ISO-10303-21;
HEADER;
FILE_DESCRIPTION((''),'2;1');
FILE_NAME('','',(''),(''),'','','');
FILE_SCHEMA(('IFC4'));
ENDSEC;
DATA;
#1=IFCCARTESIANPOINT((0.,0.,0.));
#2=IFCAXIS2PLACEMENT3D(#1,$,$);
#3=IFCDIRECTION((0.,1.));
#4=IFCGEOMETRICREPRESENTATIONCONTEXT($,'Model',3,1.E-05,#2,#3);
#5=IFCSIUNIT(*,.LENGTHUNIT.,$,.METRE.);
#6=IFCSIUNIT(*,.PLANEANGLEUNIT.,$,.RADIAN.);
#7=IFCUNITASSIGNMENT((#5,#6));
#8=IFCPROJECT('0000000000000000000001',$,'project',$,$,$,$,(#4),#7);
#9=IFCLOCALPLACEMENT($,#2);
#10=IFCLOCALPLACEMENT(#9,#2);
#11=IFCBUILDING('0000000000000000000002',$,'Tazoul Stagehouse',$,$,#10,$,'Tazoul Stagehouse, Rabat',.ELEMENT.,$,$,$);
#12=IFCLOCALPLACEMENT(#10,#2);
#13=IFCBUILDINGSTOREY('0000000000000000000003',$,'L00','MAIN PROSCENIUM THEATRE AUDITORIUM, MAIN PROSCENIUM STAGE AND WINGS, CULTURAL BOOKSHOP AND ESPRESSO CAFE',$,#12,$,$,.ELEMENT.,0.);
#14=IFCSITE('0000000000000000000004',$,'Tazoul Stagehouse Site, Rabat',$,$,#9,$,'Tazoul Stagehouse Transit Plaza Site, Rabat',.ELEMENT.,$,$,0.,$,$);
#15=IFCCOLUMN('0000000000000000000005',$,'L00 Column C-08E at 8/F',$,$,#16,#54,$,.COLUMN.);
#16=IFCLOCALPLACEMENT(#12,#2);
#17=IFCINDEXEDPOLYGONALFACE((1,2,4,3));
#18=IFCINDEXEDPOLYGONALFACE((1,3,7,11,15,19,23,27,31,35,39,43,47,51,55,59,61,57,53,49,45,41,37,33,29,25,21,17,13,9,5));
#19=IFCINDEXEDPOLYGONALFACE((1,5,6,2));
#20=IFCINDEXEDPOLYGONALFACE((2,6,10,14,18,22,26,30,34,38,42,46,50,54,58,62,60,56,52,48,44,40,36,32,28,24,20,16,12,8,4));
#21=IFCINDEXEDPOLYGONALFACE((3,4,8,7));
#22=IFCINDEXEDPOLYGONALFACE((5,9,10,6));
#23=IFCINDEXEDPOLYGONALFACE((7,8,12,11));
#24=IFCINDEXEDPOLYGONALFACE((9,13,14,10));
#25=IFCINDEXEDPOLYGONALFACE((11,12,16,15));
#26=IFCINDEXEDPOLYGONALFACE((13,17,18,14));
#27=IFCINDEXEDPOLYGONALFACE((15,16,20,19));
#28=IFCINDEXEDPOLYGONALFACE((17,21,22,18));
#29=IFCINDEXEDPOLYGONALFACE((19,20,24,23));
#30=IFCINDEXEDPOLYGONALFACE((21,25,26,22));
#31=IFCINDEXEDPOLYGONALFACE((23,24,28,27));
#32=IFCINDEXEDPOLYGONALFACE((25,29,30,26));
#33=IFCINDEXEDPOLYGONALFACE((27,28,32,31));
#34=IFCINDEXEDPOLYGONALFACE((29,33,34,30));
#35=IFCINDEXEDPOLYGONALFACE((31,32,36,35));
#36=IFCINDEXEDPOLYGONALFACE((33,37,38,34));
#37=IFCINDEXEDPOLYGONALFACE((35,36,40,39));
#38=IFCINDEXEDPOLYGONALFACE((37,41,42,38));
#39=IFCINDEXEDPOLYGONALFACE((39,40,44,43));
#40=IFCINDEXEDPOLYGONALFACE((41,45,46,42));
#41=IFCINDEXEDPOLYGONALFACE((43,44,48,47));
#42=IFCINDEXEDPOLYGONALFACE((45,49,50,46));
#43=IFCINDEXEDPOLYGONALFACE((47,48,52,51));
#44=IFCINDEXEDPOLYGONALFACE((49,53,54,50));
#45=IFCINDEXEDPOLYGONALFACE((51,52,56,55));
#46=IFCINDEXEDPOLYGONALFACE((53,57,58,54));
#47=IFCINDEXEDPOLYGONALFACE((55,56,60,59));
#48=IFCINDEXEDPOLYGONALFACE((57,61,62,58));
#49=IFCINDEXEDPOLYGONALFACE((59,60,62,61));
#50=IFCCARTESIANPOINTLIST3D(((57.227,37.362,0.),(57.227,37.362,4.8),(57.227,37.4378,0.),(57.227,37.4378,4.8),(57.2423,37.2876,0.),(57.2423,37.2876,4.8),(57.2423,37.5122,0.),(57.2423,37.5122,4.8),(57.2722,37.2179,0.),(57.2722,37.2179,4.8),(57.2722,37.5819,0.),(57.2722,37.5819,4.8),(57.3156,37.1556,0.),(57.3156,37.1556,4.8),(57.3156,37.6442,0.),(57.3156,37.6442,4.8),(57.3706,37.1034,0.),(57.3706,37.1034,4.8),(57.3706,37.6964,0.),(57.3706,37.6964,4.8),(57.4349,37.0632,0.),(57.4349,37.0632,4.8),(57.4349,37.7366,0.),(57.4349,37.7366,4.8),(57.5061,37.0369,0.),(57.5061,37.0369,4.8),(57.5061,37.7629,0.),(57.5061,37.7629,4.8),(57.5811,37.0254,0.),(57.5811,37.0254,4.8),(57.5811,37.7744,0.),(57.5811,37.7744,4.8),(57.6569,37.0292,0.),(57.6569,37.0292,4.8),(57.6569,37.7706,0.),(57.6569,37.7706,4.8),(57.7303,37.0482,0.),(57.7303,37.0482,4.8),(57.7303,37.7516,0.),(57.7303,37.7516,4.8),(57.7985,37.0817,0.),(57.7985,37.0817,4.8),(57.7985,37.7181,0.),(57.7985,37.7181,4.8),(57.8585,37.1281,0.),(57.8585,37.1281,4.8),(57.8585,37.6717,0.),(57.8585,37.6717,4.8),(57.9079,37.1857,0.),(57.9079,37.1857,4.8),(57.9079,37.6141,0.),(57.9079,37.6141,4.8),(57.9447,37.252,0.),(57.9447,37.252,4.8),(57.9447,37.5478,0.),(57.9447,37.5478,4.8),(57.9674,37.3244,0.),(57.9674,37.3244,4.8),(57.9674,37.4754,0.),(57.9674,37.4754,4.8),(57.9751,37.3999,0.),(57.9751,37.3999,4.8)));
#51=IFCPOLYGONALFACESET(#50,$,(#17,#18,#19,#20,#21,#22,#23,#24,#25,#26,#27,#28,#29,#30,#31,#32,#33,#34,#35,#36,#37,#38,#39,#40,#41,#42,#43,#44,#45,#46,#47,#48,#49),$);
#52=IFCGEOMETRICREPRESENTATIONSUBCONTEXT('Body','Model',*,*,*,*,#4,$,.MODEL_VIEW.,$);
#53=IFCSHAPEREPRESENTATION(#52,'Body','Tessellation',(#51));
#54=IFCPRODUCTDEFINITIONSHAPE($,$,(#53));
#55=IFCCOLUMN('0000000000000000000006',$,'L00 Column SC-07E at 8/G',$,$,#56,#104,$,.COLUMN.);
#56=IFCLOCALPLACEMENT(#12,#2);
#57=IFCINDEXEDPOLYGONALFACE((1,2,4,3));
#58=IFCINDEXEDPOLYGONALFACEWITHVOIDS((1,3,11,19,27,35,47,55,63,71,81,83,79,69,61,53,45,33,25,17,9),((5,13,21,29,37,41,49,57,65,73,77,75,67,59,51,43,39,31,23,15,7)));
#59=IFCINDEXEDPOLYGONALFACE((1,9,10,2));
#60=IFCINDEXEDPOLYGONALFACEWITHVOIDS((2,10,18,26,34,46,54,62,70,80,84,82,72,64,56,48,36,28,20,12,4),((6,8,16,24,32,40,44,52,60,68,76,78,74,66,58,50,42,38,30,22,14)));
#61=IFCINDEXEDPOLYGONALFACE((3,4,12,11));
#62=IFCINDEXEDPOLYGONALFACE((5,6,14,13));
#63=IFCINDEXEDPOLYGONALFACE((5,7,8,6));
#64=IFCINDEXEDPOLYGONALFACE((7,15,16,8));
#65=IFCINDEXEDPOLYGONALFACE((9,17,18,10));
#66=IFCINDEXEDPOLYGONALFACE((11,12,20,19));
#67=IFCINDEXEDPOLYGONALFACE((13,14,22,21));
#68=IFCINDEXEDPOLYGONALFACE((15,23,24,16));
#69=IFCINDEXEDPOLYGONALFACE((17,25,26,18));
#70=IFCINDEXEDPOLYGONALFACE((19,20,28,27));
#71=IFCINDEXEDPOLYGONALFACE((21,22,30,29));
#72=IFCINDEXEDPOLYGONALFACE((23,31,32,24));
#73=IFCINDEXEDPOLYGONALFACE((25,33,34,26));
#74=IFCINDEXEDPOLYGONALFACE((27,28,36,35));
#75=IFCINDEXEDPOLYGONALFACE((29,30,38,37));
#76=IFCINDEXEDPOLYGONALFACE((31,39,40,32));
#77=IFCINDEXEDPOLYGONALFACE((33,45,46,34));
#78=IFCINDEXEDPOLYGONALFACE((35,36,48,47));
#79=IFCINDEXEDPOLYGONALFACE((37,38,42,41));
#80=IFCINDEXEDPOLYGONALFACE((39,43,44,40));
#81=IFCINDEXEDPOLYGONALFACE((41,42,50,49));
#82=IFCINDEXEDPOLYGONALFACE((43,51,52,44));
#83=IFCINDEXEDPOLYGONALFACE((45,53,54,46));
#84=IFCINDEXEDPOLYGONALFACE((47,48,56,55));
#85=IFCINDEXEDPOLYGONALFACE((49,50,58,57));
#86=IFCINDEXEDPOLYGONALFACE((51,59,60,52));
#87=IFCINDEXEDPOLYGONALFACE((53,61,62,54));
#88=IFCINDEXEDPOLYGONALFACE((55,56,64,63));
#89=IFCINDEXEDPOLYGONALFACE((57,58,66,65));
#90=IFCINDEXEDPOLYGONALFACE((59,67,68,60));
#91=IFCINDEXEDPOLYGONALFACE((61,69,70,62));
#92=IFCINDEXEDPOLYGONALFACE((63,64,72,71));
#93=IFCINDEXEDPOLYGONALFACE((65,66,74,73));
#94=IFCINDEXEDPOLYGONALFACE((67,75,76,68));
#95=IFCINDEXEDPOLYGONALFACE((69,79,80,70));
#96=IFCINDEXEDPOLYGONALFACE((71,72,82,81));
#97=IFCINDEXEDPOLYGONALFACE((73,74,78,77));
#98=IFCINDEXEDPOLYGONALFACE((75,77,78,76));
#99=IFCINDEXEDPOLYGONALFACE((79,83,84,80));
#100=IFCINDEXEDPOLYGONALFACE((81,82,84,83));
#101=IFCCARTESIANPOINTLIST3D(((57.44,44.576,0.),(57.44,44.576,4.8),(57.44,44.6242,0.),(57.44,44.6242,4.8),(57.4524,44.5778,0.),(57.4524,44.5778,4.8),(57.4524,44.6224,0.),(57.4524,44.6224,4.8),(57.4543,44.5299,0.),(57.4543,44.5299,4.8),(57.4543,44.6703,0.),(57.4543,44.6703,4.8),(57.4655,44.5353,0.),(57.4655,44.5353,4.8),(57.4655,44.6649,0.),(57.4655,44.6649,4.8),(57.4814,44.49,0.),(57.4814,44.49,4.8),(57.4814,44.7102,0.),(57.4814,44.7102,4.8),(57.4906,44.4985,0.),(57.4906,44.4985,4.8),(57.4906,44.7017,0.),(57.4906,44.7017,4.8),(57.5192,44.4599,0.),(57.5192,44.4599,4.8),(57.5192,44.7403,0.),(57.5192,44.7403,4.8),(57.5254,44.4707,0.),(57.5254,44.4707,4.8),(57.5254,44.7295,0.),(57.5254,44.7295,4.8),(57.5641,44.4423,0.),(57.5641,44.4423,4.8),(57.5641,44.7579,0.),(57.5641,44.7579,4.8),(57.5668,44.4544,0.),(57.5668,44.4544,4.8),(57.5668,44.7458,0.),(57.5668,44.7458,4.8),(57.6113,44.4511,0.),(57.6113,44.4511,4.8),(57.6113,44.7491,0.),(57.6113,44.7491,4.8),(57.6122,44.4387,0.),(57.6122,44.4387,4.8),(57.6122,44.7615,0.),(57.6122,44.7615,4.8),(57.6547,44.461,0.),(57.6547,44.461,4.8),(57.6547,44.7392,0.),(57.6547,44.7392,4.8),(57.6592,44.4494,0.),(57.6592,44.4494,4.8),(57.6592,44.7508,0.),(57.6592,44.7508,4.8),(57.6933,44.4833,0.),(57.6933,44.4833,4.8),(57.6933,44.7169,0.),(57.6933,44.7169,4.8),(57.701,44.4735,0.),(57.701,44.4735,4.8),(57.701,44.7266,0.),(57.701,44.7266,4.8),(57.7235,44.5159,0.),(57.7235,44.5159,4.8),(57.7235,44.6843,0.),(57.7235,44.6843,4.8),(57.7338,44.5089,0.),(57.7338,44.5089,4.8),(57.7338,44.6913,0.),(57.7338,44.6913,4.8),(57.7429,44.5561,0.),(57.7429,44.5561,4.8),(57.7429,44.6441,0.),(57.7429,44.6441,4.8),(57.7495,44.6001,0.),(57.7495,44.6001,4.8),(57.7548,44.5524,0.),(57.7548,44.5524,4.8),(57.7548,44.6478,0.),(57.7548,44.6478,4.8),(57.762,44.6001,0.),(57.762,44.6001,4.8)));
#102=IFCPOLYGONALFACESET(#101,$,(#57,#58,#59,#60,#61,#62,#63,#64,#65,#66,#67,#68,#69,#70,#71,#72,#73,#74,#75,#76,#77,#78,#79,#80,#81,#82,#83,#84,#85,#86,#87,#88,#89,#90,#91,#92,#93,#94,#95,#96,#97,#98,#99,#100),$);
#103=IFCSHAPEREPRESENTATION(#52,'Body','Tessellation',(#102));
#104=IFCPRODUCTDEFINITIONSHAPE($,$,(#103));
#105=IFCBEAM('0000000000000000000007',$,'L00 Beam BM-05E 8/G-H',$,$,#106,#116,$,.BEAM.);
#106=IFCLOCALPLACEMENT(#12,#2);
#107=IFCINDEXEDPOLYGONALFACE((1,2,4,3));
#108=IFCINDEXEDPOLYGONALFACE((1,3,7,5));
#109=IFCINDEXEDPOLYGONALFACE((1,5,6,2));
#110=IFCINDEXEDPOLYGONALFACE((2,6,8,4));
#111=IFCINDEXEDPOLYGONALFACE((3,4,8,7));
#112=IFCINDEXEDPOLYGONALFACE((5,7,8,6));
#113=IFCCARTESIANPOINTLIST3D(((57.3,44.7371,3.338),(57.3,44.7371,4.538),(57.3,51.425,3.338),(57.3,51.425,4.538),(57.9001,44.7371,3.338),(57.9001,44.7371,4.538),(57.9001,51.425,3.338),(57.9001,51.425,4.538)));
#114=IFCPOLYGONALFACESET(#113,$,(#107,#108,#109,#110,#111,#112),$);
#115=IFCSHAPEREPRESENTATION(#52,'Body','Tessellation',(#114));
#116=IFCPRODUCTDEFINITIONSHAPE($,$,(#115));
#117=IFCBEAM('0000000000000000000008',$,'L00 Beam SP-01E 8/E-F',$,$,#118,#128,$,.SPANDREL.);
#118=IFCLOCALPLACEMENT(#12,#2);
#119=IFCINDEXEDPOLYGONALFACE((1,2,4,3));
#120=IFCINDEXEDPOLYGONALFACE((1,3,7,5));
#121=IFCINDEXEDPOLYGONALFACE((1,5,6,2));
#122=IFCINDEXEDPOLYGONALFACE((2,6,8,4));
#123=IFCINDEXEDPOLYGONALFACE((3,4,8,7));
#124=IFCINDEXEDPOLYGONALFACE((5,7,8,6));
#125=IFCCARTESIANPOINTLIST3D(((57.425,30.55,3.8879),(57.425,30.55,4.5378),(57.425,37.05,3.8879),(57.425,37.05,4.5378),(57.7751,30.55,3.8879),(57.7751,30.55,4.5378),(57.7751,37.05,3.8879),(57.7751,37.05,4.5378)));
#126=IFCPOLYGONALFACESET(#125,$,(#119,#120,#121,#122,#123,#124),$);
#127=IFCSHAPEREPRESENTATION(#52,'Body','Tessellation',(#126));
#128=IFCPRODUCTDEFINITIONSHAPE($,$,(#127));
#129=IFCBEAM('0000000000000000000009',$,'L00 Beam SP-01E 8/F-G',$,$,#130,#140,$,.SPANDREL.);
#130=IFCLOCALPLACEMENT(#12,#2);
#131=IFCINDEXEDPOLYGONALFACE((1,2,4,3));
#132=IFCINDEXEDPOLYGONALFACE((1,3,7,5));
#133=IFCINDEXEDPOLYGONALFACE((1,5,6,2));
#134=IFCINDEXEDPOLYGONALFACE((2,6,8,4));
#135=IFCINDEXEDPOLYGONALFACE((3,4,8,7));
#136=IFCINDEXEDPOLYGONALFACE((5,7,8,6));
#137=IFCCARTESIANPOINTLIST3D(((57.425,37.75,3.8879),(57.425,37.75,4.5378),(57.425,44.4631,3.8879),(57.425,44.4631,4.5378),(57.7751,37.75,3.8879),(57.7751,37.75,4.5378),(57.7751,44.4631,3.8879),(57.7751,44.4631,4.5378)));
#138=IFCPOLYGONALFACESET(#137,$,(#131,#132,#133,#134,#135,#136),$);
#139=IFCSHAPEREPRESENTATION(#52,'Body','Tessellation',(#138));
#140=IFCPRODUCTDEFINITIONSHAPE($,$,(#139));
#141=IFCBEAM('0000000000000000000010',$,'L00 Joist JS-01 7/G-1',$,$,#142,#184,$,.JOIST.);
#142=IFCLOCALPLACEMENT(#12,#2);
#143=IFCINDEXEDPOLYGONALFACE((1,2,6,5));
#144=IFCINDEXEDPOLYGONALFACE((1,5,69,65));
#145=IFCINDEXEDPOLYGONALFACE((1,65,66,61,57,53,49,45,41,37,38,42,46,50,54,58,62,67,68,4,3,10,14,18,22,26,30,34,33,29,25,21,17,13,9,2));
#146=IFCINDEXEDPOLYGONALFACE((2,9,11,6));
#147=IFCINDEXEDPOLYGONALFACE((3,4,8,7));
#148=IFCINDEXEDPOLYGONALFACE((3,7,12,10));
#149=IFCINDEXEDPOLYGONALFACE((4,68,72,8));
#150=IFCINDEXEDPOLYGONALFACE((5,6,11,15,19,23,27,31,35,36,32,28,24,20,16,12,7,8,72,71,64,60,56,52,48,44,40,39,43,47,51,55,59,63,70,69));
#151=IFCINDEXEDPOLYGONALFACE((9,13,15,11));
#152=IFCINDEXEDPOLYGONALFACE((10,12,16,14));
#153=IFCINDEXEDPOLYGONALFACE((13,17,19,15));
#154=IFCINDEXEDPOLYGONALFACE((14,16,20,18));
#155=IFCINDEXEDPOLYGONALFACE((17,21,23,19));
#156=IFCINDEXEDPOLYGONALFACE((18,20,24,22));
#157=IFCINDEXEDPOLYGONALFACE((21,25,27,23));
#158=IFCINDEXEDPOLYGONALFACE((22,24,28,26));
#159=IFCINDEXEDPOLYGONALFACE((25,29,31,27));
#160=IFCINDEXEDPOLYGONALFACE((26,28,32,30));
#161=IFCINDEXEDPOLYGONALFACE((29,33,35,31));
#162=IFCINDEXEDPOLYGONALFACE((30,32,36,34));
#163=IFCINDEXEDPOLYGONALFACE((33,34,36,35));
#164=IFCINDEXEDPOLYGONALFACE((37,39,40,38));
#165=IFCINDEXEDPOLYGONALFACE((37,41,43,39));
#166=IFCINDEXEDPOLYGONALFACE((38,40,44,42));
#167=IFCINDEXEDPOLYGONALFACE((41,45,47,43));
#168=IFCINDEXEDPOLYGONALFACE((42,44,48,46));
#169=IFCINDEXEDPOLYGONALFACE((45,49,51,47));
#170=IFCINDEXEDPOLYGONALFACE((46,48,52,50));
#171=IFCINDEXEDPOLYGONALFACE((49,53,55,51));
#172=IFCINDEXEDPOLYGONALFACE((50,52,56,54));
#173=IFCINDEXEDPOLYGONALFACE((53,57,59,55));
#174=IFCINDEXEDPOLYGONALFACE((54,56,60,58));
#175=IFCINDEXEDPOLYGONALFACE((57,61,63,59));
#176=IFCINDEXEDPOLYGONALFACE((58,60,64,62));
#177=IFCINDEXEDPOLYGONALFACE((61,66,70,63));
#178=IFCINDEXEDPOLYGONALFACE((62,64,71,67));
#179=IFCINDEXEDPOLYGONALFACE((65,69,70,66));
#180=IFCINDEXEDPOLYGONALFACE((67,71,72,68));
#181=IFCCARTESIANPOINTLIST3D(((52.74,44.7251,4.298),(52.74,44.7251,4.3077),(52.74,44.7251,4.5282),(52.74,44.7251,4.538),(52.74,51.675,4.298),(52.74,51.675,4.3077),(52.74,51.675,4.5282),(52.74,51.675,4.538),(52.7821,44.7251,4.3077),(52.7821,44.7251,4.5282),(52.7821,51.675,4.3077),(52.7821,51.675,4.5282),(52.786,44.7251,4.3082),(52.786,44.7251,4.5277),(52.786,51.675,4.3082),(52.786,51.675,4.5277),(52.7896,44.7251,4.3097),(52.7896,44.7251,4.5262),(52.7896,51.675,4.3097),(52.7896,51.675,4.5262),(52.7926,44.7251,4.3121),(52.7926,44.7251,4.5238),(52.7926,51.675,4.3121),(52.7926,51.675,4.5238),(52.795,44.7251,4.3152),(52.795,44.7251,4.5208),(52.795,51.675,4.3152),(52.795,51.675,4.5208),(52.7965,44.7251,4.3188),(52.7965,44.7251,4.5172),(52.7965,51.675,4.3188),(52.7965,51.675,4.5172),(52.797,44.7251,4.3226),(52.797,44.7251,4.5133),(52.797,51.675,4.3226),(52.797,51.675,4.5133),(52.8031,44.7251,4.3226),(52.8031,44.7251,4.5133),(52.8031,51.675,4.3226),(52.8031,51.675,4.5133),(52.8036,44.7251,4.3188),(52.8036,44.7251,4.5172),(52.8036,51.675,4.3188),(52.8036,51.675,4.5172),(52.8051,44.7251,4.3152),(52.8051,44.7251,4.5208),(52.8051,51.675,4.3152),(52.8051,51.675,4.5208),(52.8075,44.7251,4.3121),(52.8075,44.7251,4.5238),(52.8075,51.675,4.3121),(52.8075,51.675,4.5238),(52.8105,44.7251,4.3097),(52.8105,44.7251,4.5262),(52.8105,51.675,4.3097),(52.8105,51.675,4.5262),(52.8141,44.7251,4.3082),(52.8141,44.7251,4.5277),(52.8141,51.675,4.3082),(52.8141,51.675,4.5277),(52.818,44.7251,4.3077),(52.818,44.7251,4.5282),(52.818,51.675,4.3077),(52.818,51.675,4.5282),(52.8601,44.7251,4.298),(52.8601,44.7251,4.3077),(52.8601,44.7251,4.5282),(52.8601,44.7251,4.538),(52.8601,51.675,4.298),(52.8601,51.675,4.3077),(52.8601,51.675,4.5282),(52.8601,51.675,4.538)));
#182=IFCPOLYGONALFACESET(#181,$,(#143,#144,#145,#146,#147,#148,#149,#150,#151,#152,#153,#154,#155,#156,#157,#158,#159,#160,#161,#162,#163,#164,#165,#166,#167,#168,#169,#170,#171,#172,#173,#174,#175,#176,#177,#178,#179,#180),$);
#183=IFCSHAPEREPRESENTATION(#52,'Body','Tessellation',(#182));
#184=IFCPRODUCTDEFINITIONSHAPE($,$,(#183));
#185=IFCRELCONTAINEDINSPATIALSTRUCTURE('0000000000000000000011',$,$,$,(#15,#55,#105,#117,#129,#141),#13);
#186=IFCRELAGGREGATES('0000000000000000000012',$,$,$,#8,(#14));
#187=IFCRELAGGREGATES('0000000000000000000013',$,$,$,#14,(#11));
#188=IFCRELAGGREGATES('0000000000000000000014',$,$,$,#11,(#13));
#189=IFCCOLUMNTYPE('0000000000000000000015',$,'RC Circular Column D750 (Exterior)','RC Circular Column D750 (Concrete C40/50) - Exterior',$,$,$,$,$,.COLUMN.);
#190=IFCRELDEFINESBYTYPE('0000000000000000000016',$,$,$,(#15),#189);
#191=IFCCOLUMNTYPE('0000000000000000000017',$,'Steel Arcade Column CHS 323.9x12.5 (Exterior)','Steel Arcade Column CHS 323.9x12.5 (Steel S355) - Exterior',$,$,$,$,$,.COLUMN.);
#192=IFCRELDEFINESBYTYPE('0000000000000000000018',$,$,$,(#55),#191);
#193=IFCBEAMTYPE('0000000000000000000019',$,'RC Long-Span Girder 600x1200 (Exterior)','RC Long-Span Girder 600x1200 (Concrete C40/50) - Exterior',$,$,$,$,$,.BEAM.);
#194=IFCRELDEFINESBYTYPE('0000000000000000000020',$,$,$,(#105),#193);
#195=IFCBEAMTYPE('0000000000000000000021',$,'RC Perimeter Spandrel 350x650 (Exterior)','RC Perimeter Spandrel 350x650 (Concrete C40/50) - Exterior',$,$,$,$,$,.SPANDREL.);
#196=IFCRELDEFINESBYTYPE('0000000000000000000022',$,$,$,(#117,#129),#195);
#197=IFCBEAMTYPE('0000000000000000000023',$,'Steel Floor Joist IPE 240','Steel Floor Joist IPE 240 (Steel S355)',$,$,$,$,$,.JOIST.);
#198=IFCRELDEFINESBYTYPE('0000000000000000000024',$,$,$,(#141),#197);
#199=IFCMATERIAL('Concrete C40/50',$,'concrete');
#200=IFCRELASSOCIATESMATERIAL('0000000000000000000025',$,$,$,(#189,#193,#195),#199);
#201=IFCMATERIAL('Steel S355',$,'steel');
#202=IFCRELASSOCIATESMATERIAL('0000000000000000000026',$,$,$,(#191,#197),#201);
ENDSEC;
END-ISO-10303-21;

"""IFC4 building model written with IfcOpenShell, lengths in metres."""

from ifc_helpers import new_model, si_unit, direction, frame, origin, origin_2d, place, context, subcontext, project, spatial, rectangle, circle, hollow_circle, i_section, extrude, material, material_profile, profile_set, type_object, element, save


model = new_model("IFC4")

# Units and contexts
model_context = context("Model", 3, precision=1e-05, world=origin(), true_north=direction((0.0, 1.0)))
body_context = subcontext(model_context, "Body", "Model", "MODEL_VIEW")
ifc_project = project(units=[si_unit("LENGTHUNIT", "METRE"), si_unit("PLANEANGLEUNIT", "RADIAN")], contexts=[model_context])

# Site, building, storey
site_placement = place(None, origin())
site = spatial("IfcSite", under=ifc_project, at=site_placement, Name="Tazoul Stagehouse Site, Rabat", LongName="Tazoul Stagehouse Transit Plaza Site, Rabat", CompositionType="ELEMENT", RefElevation=0.0)
building_placement = place(site_placement, origin())
building = spatial("IfcBuilding", under=site, at=building_placement, Name="Tazoul Stagehouse", LongName="Tazoul Stagehouse, Rabat", CompositionType="ELEMENT")
storey_placement = place(building_placement, origin())
storey = spatial("IfcBuildingStorey", under=building, at=storey_placement, Name="L00", Description="MAIN PROSCENIUM THEATRE AUDITORIUM, MAIN PROSCENIUM STAGE AND WINGS, CULTURAL BOOKSHOP AND ESPRESSO CAFE", CompositionType="ELEMENT", Elevation=0.0)

# Columns
ifc_material_1 = material(Name="Concrete C40/50", Category="concrete")
ifc_material_profile_1 = material_profile(ifc_material_1, circle(Radius=0.375, at=origin_2d()), Name="RC D750")
ifc_profile_set_1 = profile_set([ifc_material_profile_1], Name="Concrete C40/50")
column_type_1 = type_object("IfcColumnType", Name="RC Circular Column D750 (Exterior)", Description="RC Circular Column D750 (Concrete C40/50) - Exterior", PredefinedType="COLUMN", material=ifc_profile_set_1)
column_1_placement = place(storey_placement, frame((57.6001, 37.3999, 0.0), z_axis=(0.0, 0.0, 1.0), x_axis=(1.0, 0.0, 0.0)))
element("IfcColumn", 1, at=column_1_placement, inside=storey, type_object=column_type_1, Name="L00 Column C-08E at 8/F", PredefinedType="COLUMN", context=body_context, shape_type="SweptSolid", body=[
    extrude(circle(Radius=0.375, at=origin_2d()), origin(), (0.0, 0.0, 1.0), 4.8),
])
ifc_material_2 = material(Name="Steel S355", Category="steel")
ifc_material_profile_2 = material_profile(ifc_material_2, hollow_circle(Radius=0.1619, WallThickness=0.0125, at=origin_2d()), Name="CHS 323.9x12.5")
ifc_profile_set_2 = profile_set([ifc_material_profile_2], Name="Steel S355")
column_type_2 = type_object("IfcColumnType", Name="Steel Arcade Column CHS 323.9x12.5 (Exterior)", Description="Steel Arcade Column CHS 323.9x12.5 (Steel S355) - Exterior", PredefinedType="COLUMN", material=ifc_profile_set_2)
column_2_placement = place(storey_placement, frame((57.6001, 44.6001, 0.0), z_axis=(0.0, 0.0, 1.0), x_axis=(1.0, 0.0, 0.0)))
element("IfcColumn", 2, at=column_2_placement, inside=storey, type_object=column_type_2, Name="L00 Column SC-07E at 8/G", PredefinedType="COLUMN", context=body_context, shape_type="SweptSolid", body=[
    extrude(hollow_circle(Radius=0.1619, WallThickness=0.0125, at=origin_2d()), origin(), (0.0, 0.0, 1.0), 4.8),
])

# Beams
ifc_material_profile_3 = material_profile(ifc_material_1, rectangle(XDim=0.6001, YDim=1.2, at=origin_2d()), Name="RC 600x1200")
ifc_profile_set_3 = profile_set([ifc_material_profile_3], Name="Concrete C40/50")
beam_type_1 = type_object("IfcBeamType", Name="RC Long-Span Girder 600x1200 (Exterior)", Description="RC Long-Span Girder 600x1200 (Concrete C40/50) - Exterior", PredefinedType="BEAM", material=ifc_profile_set_3)
beam_1_placement = place(storey_placement, frame((57.6001, 44.7371, 3.938), z_axis=(0.0, 1.0, 0.0), x_axis=(-1.0, 0.0, 0.0)))
element("IfcBeam", 3, at=beam_1_placement, inside=storey, type_object=beam_type_1, Name="L00 Beam BM-05E 8/G-H", PredefinedType="BEAM", context=body_context, shape_type="SweptSolid", body=[
    extrude(rectangle(XDim=0.6001, YDim=1.2, at=origin_2d()), origin(), (0.0, 0.0, 1.0), 6.688),
])
ifc_material_profile_4 = material_profile(ifc_material_1, rectangle(XDim=0.3501, YDim=0.6499, at=origin_2d()), Name="RC 350x650")
ifc_profile_set_4 = profile_set([ifc_material_profile_4], Name="Concrete C40/50")
beam_type_2 = type_object("IfcBeamType", Name="RC Perimeter Spandrel 350x650 (Exterior)", Description="RC Perimeter Spandrel 350x650 (Concrete C40/50) - Exterior", PredefinedType="SPANDREL", material=ifc_profile_set_4)
beam_2_placement = place(storey_placement, frame((57.6001, 30.55, 4.2129), z_axis=(0.0, 1.0, 0.0), x_axis=(-1.0, 0.0, 0.0)))
element("IfcBeam", 4, at=beam_2_placement, inside=storey, type_object=beam_type_2, Name="L00 Beam SP-01E 8/E-F", PredefinedType="SPANDREL", context=body_context, shape_type="SweptSolid", body=[
    extrude(rectangle(XDim=0.3501, YDim=0.6499, at=origin_2d()), origin(), (0.0, 0.0, 1.0), 6.5),
])
beam_3_placement = place(storey_placement, frame((57.6001, 37.75, 4.2129), z_axis=(0.0, 1.0, 0.0), x_axis=(-1.0, 0.0, 0.0)))
element("IfcBeam", 5, at=beam_3_placement, inside=storey, type_object=beam_type_2, Name="L00 Beam SP-01E 8/F-G", PredefinedType="SPANDREL", context=body_context, shape_type="SweptSolid", body=[
    extrude(rectangle(XDim=0.3501, YDim=0.6499, at=origin_2d()), origin(), (0.0, 0.0, 1.0), 6.7131),
])
ifc_material_profile_5 = material_profile(ifc_material_2, i_section(OverallWidth=0.1201, OverallDepth=0.24, WebThickness=0.0061, FlangeThickness=0.0098, FilletRadius=0.0149, at=origin_2d()), Name="IPE 240")
ifc_profile_set_5 = profile_set([ifc_material_profile_5], Name="Steel S355")
beam_type_3 = type_object("IfcBeamType", Name="Steel Floor Joist IPE 240", Description="Steel Floor Joist IPE 240 (Steel S355)", PredefinedType="JOIST", material=ifc_profile_set_5)
for number, where, z_axis, x_axis, name in (
    (6, (52.8, 44.7251, 4.418), (0.0, 1.0, 0.0), (-1.0, 0.0, 0.0), "L00 Joist JS-01 7/G-1"),
):
    element("IfcBeam", number, at=place(storey_placement, frame(where, z_axis=z_axis, x_axis=x_axis)), inside=storey, type_object=beam_type_3, Name=name, PredefinedType="JOIST", context=body_context, shape_type="SweptSolid", body=[
        extrude(i_section(OverallWidth=0.1201, OverallDepth=0.24, WebThickness=0.0061, FlangeThickness=0.0098, FilletRadius=0.0149, at=origin_2d()), origin(), (0.0, 0.0, 1.0), 6.95),
    ])

save(model, "model.ifc")
